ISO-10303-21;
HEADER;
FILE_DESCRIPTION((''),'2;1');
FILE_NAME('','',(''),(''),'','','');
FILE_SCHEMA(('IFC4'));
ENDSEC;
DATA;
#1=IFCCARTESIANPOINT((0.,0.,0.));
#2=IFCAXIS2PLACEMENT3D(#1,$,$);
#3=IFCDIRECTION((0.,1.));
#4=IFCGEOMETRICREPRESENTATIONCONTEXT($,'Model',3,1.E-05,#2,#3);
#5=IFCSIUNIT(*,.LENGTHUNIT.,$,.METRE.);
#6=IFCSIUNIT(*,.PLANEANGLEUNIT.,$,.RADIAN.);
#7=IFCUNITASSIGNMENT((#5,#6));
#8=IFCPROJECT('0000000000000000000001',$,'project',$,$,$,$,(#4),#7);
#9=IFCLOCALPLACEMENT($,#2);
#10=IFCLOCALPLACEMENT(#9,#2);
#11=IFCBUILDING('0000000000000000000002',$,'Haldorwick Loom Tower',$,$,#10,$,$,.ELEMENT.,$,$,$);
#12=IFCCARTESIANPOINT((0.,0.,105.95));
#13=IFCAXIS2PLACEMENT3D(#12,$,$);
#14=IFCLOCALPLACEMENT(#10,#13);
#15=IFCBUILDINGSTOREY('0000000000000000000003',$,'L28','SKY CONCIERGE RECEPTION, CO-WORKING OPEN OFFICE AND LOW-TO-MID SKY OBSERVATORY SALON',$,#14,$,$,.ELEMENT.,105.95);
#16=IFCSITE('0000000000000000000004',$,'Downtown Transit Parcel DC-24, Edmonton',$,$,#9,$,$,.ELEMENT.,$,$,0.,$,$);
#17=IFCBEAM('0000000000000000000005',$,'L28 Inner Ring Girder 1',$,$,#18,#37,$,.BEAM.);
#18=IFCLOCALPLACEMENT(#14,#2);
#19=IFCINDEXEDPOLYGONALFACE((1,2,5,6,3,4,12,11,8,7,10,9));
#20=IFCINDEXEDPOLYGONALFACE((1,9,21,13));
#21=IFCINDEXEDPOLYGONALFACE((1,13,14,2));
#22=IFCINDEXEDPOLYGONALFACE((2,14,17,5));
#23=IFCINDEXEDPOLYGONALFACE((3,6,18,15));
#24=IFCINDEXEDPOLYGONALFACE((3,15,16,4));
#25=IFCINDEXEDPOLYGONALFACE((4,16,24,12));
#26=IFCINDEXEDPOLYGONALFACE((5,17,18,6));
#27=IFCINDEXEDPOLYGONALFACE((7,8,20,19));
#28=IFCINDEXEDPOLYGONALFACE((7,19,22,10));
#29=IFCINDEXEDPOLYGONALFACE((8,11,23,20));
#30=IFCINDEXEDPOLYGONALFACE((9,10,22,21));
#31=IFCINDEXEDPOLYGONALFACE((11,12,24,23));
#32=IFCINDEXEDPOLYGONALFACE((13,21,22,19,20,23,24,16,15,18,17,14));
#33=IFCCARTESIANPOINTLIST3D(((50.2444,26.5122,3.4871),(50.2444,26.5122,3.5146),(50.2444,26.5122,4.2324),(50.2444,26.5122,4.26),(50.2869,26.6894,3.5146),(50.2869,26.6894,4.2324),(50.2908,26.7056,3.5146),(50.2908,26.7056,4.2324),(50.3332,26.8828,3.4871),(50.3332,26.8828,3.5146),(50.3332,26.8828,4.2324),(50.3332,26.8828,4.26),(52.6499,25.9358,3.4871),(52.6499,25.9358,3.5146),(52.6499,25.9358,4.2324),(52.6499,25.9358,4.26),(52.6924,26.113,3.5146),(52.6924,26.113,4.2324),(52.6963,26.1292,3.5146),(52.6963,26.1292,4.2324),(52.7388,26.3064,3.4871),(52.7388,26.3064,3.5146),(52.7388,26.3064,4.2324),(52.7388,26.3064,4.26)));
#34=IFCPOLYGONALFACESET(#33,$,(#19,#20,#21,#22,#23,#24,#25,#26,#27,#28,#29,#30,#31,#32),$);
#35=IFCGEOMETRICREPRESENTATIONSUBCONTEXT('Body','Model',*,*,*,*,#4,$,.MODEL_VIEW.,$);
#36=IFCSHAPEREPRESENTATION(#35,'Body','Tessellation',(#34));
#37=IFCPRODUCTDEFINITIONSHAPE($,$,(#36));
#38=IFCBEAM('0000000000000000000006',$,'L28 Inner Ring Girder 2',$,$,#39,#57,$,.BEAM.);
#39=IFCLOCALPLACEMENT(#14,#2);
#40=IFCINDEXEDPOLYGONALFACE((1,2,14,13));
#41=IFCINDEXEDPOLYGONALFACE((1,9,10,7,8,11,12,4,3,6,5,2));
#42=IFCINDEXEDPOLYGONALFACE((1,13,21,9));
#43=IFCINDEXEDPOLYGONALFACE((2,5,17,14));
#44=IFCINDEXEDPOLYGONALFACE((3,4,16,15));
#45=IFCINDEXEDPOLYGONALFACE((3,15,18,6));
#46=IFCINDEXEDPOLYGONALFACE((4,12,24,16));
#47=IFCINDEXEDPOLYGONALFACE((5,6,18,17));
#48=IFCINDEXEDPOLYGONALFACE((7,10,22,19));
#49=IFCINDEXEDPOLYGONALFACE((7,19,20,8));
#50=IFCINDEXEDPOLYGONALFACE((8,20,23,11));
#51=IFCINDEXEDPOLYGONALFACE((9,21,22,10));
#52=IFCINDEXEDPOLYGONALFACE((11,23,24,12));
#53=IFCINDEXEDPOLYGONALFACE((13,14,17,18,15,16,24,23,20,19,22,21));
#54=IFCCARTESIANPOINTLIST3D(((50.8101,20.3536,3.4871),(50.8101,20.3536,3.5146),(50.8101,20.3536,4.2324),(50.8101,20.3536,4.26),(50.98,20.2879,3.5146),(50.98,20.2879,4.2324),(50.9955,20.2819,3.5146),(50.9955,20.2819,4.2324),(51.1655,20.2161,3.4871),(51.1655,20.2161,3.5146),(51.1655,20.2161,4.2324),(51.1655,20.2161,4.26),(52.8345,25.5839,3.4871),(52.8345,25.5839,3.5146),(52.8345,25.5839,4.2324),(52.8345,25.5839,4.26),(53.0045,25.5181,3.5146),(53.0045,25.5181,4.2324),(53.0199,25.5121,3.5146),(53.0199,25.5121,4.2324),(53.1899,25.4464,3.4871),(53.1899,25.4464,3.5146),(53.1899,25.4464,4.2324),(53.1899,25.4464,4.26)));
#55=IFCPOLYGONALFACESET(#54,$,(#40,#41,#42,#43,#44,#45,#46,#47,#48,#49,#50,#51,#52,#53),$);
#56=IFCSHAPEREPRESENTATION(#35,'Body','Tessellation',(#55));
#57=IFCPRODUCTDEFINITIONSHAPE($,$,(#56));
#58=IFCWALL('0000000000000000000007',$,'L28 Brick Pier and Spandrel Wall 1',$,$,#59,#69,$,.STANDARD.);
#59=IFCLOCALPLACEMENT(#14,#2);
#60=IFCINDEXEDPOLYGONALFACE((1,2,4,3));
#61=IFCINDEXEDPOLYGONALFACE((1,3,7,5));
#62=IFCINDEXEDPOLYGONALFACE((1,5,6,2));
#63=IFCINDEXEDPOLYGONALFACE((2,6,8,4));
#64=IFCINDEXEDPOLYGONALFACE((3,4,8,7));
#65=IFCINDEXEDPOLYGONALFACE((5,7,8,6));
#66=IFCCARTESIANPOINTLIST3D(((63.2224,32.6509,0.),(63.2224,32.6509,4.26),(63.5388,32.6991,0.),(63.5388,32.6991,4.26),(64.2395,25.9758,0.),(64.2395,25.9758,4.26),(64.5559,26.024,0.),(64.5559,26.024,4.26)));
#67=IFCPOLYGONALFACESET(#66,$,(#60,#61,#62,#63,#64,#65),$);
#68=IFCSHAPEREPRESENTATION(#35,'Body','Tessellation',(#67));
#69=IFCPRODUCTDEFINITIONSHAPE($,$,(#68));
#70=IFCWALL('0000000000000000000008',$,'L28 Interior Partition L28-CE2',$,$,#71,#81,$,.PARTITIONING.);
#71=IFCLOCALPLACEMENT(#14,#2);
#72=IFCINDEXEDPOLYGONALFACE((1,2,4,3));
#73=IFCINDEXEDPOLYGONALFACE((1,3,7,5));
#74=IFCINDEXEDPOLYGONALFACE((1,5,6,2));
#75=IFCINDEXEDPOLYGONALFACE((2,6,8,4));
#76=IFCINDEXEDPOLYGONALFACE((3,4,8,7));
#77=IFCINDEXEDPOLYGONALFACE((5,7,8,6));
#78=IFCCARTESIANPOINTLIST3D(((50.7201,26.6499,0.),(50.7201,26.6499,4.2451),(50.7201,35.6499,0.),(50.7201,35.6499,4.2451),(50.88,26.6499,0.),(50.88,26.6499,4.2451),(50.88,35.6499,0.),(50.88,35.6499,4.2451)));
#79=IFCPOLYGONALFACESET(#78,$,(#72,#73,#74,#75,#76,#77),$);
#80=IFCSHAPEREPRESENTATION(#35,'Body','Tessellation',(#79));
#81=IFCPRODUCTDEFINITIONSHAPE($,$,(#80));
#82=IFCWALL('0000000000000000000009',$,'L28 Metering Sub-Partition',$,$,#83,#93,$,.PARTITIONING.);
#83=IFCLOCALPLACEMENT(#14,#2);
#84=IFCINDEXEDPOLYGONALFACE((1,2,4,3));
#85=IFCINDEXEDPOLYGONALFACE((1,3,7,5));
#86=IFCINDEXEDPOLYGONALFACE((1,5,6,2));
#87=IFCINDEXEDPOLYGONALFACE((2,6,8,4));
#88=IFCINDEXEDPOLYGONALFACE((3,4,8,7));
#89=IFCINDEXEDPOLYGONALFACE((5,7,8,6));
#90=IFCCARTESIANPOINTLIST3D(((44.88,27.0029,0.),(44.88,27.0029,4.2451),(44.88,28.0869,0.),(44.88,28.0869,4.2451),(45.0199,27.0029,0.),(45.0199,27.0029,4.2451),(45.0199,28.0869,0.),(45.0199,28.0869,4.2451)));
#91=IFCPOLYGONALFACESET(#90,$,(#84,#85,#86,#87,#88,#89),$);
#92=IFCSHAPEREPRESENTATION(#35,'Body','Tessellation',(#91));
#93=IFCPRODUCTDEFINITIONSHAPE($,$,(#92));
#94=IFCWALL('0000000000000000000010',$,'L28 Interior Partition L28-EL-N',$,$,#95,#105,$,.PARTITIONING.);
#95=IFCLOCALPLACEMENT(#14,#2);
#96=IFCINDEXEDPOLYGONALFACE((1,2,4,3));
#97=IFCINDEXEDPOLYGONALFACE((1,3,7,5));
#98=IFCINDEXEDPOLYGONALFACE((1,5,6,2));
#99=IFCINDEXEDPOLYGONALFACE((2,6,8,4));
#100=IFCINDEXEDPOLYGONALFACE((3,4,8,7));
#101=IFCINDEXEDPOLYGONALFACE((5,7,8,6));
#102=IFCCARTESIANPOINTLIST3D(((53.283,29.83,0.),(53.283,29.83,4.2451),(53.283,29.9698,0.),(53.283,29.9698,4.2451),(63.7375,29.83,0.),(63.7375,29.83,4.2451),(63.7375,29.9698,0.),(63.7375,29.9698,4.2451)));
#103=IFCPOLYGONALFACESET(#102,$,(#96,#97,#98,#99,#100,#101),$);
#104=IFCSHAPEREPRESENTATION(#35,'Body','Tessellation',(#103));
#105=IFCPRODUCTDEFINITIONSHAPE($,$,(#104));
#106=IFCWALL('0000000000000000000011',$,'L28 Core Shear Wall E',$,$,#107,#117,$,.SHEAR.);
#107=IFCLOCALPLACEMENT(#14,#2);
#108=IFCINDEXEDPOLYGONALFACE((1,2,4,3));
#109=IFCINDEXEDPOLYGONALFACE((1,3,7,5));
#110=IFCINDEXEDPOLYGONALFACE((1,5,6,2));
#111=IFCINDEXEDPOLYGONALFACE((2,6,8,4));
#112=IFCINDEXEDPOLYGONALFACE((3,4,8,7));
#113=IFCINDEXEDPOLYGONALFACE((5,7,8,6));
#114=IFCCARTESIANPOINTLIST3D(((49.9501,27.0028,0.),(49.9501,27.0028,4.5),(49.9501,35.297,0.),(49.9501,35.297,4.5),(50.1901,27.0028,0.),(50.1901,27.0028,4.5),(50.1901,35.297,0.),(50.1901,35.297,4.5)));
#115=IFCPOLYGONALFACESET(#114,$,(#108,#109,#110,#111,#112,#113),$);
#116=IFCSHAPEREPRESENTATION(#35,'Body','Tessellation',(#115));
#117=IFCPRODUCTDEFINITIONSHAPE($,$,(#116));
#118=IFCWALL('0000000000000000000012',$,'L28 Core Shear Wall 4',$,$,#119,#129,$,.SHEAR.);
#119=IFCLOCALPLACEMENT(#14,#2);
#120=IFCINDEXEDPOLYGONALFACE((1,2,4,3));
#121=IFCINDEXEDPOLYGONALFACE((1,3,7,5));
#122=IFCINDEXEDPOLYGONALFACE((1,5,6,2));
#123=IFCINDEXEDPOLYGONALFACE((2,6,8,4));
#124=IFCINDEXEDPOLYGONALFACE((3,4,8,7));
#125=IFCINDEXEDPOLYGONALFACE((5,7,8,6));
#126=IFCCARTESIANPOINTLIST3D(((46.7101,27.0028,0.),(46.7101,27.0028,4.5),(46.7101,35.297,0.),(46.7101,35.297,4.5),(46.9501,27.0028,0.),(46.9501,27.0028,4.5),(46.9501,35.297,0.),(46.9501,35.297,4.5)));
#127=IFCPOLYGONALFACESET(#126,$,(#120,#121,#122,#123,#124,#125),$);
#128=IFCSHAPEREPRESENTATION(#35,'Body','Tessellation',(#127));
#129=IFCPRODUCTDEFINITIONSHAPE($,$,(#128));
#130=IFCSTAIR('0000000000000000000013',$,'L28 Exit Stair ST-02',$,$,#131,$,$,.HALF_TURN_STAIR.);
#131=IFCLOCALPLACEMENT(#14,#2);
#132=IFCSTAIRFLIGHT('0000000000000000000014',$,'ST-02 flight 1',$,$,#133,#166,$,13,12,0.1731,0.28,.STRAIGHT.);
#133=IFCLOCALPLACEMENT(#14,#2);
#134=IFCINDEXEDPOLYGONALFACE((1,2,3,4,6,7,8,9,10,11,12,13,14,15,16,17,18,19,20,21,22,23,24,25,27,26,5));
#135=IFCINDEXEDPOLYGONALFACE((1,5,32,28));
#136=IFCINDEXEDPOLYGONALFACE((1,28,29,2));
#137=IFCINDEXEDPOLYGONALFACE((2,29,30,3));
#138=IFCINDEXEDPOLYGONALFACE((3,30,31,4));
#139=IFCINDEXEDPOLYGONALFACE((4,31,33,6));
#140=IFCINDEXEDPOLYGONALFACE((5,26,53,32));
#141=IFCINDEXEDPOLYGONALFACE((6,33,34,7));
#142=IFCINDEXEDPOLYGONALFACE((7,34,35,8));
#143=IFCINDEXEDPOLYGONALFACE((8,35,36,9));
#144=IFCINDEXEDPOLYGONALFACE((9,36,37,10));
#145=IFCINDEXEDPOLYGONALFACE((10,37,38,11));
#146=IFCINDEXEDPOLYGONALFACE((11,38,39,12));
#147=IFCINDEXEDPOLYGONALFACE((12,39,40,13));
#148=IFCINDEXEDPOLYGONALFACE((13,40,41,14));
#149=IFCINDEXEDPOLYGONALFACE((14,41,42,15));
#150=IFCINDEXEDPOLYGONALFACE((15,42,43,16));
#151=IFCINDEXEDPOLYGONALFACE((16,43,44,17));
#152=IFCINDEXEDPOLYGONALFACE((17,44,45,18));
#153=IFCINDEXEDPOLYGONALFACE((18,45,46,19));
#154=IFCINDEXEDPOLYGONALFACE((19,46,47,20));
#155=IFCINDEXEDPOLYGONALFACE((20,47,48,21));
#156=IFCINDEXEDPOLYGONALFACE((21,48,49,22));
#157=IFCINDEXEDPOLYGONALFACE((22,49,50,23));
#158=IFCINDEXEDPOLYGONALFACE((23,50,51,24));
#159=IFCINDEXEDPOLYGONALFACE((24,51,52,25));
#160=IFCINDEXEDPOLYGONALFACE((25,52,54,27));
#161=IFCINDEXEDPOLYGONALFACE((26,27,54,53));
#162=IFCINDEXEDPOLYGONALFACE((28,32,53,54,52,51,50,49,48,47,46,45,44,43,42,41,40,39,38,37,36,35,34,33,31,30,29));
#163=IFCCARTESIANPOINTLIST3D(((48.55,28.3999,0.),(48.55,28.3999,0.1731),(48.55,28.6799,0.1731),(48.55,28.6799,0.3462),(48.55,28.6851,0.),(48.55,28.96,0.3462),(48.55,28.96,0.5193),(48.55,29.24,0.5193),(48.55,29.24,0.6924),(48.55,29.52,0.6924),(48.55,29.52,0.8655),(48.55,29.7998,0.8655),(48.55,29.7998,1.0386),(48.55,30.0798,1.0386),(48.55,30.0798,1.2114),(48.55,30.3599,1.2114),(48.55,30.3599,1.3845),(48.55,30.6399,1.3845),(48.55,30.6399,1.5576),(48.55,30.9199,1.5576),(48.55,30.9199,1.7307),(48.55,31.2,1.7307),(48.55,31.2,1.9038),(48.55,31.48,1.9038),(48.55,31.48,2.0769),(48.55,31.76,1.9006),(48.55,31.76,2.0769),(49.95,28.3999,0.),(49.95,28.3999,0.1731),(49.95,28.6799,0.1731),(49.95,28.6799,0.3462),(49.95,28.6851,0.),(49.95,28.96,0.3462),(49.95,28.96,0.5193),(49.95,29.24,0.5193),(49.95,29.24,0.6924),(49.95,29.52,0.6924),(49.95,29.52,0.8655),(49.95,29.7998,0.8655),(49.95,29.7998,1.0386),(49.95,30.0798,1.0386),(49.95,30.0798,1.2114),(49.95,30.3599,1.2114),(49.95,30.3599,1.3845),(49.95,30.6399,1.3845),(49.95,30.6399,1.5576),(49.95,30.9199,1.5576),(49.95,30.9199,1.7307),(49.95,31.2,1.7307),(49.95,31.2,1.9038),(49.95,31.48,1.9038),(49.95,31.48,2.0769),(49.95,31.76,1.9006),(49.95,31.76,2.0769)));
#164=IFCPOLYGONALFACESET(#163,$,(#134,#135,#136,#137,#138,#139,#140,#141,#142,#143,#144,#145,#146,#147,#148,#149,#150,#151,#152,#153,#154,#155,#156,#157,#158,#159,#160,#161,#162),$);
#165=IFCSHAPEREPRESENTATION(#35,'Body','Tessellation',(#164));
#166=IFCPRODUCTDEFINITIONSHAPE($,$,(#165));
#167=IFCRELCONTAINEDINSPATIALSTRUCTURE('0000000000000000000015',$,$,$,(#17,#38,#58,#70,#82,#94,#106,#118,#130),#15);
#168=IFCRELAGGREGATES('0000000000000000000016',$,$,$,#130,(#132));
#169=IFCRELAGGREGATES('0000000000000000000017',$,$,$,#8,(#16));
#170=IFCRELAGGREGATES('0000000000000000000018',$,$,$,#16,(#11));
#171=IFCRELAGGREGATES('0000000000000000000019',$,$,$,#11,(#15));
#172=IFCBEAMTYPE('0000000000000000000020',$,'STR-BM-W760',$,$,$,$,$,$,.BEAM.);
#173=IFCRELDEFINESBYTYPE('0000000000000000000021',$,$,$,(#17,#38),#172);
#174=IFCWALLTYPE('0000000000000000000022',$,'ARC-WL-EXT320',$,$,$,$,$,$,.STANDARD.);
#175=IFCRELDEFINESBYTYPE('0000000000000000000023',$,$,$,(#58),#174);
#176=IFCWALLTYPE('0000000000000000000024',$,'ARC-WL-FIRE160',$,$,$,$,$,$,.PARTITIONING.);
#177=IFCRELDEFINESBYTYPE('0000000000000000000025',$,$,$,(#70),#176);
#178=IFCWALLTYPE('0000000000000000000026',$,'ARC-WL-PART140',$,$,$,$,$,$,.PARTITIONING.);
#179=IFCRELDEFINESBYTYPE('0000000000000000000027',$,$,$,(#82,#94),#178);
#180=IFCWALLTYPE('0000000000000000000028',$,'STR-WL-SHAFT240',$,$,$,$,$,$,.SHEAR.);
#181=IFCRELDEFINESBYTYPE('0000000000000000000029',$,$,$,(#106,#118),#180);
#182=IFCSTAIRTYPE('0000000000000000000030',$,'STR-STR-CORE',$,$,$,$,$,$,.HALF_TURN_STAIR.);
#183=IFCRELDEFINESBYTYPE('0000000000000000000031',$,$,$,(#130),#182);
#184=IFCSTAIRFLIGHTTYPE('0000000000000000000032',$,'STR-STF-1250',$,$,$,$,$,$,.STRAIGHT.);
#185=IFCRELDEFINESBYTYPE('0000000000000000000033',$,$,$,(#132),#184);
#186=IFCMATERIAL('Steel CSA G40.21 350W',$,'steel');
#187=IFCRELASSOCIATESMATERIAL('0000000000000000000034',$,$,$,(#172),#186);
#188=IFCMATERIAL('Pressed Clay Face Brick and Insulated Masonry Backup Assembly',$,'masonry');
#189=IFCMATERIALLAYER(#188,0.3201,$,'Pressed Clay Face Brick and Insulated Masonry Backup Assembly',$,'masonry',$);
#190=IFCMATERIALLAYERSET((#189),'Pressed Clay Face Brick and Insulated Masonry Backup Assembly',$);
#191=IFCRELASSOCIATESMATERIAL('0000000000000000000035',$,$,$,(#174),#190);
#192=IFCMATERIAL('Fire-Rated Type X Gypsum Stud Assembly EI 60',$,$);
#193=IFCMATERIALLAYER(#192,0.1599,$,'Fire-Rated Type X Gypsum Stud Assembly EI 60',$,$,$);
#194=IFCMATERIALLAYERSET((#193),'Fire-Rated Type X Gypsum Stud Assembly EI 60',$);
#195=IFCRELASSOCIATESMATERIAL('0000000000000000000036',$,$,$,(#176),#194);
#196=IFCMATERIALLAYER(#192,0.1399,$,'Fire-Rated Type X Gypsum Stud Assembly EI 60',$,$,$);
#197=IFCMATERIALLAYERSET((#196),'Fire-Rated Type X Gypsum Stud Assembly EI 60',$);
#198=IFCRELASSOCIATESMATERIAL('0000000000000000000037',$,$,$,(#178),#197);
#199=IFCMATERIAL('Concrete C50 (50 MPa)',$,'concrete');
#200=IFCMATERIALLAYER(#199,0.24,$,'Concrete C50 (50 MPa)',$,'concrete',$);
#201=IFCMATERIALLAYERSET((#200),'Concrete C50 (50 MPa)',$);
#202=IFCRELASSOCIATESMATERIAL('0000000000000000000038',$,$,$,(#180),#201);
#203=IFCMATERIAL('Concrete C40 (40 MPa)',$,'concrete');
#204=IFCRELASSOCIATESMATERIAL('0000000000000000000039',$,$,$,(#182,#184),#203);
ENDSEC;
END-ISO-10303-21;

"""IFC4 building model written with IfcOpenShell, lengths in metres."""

from ifc_helpers import new_model, si_unit, direction, frame, frame_2d, origin, origin_2d, place, context, subcontext, project, spatial, polyline, rectangle, i_section, outline, extrude, material, layer, layer_set, material_profile, profile_set, type_object, element, aggregate, save


model = new_model("IFC4")

# Units and contexts
model_context = context("Model", 3, precision=1e-05, world=origin(), true_north=direction((0.0, 1.0)))
body_context = subcontext(model_context, "Body", "Model", "MODEL_VIEW")
ifc_project = project(units=[si_unit("LENGTHUNIT", "METRE"), si_unit("PLANEANGLEUNIT", "RADIAN")], contexts=[model_context])

# Site, building, storey
site_placement = place(None, origin())
site = spatial("IfcSite", under=ifc_project, at=site_placement, Name="Downtown Transit Parcel DC-24, Edmonton", CompositionType="ELEMENT", RefElevation=0.0)
building_placement = place(site_placement, origin())
building = spatial("IfcBuilding", under=site, at=building_placement, Name="Haldorwick Loom Tower", CompositionType="ELEMENT")
storey_placement = place(building_placement, frame((0.0, 0.0, 105.95)))
storey = spatial("IfcBuildingStorey", under=building, at=storey_placement, Name="L28", Description="SKY CONCIERGE RECEPTION, CO-WORKING OPEN OFFICE AND LOW-TO-MID SKY OBSERVATORY SALON", CompositionType="ELEMENT", Elevation=105.95)

# Beams
ifc_material_1 = material(Name="Steel CSA G40.21 350W", Category="steel")
ifc_material_profile_1 = material_profile(ifc_material_1, i_section(OverallWidth=0.3811, OverallDepth=0.7729, WebThickness=0.0166, FlangeThickness=0.0276, at=origin_2d()), Name="W760X257", Category="steel")
ifc_profile_set_1 = profile_set([ifc_material_profile_1], Name="Steel CSA G40.21 350W")
beam_type_1 = type_object("IfcBeamType", Name="STR-BM-W760", PredefinedType="BEAM", material=ifc_profile_set_1)
beam_1_placement = place(storey_placement, frame((50.2888, 26.6975, 3.8735), z_axis=(0.972471, -0.233026, 0.0), x_axis=(0.233026, 0.972471, 0.0)))
element("IfcBeam", 1, at=beam_1_placement, inside=storey, type_object=beam_type_1, Name="L28 Inner Ring Girder 1", PredefinedType="BEAM", context=body_context, shape_type="SweptSolid", body=[
    extrude(i_section(OverallWidth=0.3811, OverallDepth=0.7729, WebThickness=0.0166, FlangeThickness=0.0276, at=origin_2d()), origin(), (0.0, 0.0, 1.0), 2.4736),
])
beam_2_placement = place(storey_placement, frame((53.0122, 25.5151, 3.8735), z_axis=(-0.360965, -0.932579, 0.0), x_axis=(0.932579, -0.360965, 0.0)))
element("IfcBeam", 2, at=beam_2_placement, inside=storey, type_object=beam_type_1, Name="L28 Inner Ring Girder 2", PredefinedType="BEAM", context=body_context, shape_type="SweptSolid", body=[
    extrude(i_section(OverallWidth=0.3811, OverallDepth=0.7729, WebThickness=0.0166, FlangeThickness=0.0276, at=origin_2d()), origin(), (0.0, 0.0, 1.0), 5.6084),
])

# Walls
ifc_material_2 = material(Name="Pressed Clay Face Brick and Insulated Masonry Backup Assembly", Category="masonry")
ifc_layer_1 = layer(ifc_material_2, 0.3201, Name="Pressed Clay Face Brick and Insulated Masonry Backup Assembly", Category="masonry")
ifc_layer_set_1 = layer_set([ifc_layer_1], Name="Pressed Clay Face Brick and Insulated Masonry Backup Assembly")
wall_type_1 = type_object("IfcWallType", Name="ARC-WL-EXT320", PredefinedType="STANDARD", material=ifc_layer_set_1)
wall_1_placement = place(storey_placement, frame((64.3977, 26.0, 0.0), z_axis=(0.0, 0.0, 1.0), x_axis=(-0.150633, 0.98859, 0.0)))
element("IfcWall", 3, at=wall_1_placement, inside=storey, type_object=wall_type_1, Name="L28 Brick Pier and Spandrel Wall 1", PredefinedType="STANDARD", context=body_context, shape_type="SweptSolid", body=[
    extrude(rectangle(XDim=6.7522, YDim=0.3201, at=frame_2d((3.376, 0.0))), origin(), (0.0, 0.0, 1.0), 4.26),
])
ifc_material_3 = material(Name="Fire-Rated Type X Gypsum Stud Assembly EI 60")
ifc_layer_2 = layer(ifc_material_3, 0.1599, Name="Fire-Rated Type X Gypsum Stud Assembly EI 60")
ifc_layer_set_2 = layer_set([ifc_layer_2], Name="Fire-Rated Type X Gypsum Stud Assembly EI 60")
wall_type_2 = type_object("IfcWallType", Name="ARC-WL-FIRE160", PredefinedType="PARTITIONING", material=ifc_layer_set_2)
wall_2_placement = place(storey_placement, frame((50.8, 26.6499, 0.0), z_axis=(0.0, 0.0, 1.0), x_axis=(0.0, 1.0, 0.0)))
element("IfcWall", 4, at=wall_2_placement, inside=storey, type_object=wall_type_2, Name="L28 Interior Partition L28-CE2", PredefinedType="PARTITIONING", context=body_context, shape_type="SweptSolid", body=[
    extrude(rectangle(XDim=9.0, YDim=0.1599, at=frame_2d((4.5, 0.0))), origin(), (0.0, 0.0, 1.0), 4.2451),
])
ifc_layer_3 = layer(ifc_material_3, 0.1399, Name="Fire-Rated Type X Gypsum Stud Assembly EI 60")
ifc_layer_set_3 = layer_set([ifc_layer_3], Name="Fire-Rated Type X Gypsum Stud Assembly EI 60")
wall_type_3 = type_object("IfcWallType", Name="ARC-WL-PART140", PredefinedType="PARTITIONING", material=ifc_layer_set_3)
wall_3_placement = place(storey_placement, frame((44.95, 27.0029, 0.0), z_axis=(0.0, 0.0, 1.0), x_axis=(0.0, 1.0, 0.0)))
element("IfcWall", 5, at=wall_3_placement, inside=storey, type_object=wall_type_3, Name="L28 Metering Sub-Partition", PredefinedType="PARTITIONING", context=body_context, shape_type="SweptSolid", body=[
    extrude(rectangle(XDim=1.084, YDim=0.1399, at=frame_2d((0.542, 0.0))), origin(), (0.0, 0.0, 1.0), 4.2451),
])
wall_4_placement = place(storey_placement, frame((53.283, 29.8999, 0.0), z_axis=(0.0, 0.0, 1.0), x_axis=(1.0, 0.0, 0.0)))
element("IfcWall", 6, at=wall_4_placement, inside=storey, type_object=wall_type_3, Name="L28 Interior Partition L28-EL-N", PredefinedType="PARTITIONING", context=body_context, shape_type="SweptSolid", body=[
    extrude(rectangle(XDim=10.4546, YDim=0.1399, at=frame_2d((5.2273, 0.0))), origin(), (0.0, 0.0, 1.0), 4.2451),
])
ifc_material_4 = material(Name="Concrete C50 (50 MPa)", Category="concrete")
ifc_layer_4 = layer(ifc_material_4, 0.24, Name="Concrete C50 (50 MPa)", Category="concrete")
ifc_layer_set_4 = layer_set([ifc_layer_4], Name="Concrete C50 (50 MPa)")
wall_type_4 = type_object("IfcWallType", Name="STR-WL-SHAFT240", PredefinedType="SHEAR", material=ifc_layer_set_4)
for number, where, z_axis, x_axis, name in (
    (7, (50.0701, 27.0029, 0.0), (0.0, 0.0, 1.0), (0.0, 1.0, 0.0), "L28 Core Shear Wall E"),
    (8, (46.8301, 27.0029, 0.0), (0.0, 0.0, 1.0), (0.0, 1.0, 0.0), "L28 Core Shear Wall 4"),
):
    element("IfcWall", number, at=place(storey_placement, frame(where, z_axis=z_axis, x_axis=x_axis)), inside=storey, type_object=wall_type_4, Name=name, PredefinedType="SHEAR", context=body_context, shape_type="SweptSolid", body=[
        extrude(rectangle(XDim=8.2942, YDim=0.24, at=frame_2d((4.147, 0.0))), origin(), (0.0, 0.0, 1.0), 4.5),
    ])

# Stair, stair flight
ifc_material_5 = material(Name="Concrete C40 (40 MPa)", Category="concrete")
stair_type = type_object("IfcStairType", Name="STR-STR-CORE", PredefinedType="HALF_TURN_STAIR", material=ifc_material_5)
stair_placement = place(storey_placement, origin())
stair = element("IfcStair", 9, at=stair_placement, inside=storey, type_object=stair_type, Name="L28 Exit Stair ST-02", PredefinedType="HALF_TURN_STAIR")
stair_flight_type = type_object("IfcStairFlightType", Name="STR-STF-1250", PredefinedType="STRAIGHT", material=ifc_material_5)
stair_flight_1_placement = place(storey_placement, frame((49.25, 28.3999, 0.0), z_axis=(0.0, 0.0, 1.0), x_axis=(0.0, 1.0, 0.0)))
stair_flight_1 = element("IfcStairFlight", 10, at=stair_flight_1_placement, type_object=stair_flight_type, Name="ST-02 flight 1", NumberOfRisers=13, NumberOfTreads=12, PredefinedType="STRAIGHT", RiserHeight=0.1731, TreadLength=0.28, context=body_context, shape_type="SweptSolid", body=[
    extrude(outline(polyline([(0.0, 0.0), (0.0, 0.1731), (0.28, 0.1731), (0.28, 0.3462), (0.5601, 0.3462), (0.5601, 0.5193), (0.8401, 0.5193), (0.8401, 0.6924), (1.1201, 0.6924), (1.1201, 0.8655), (1.3999, 0.8655), (1.3999, 1.0386), (1.6799, 1.0386), (1.6799, 1.2114), (1.96, 1.2114), (1.96, 1.3845), (2.24, 1.3845), (2.24, 1.5576), (2.52, 1.5576), (2.52, 1.7307), (2.8, 1.7307), (2.8, 1.9038), (3.0801, 1.9038), (3.0801, 2.0769), (3.3601, 2.0769), (3.3601, 2.25), (3.3601, 1.9006), (0.2852, 0.0), (0.0, 0.0)])), frame((0.0, 0.7, 0.0), z_axis=(0.0, -1.0, 0.0), x_axis=(1.0, 0.0, 0.0)), (0.0, 0.0, 1.0), 1.3999),
])
aggregate(stair, [stair_flight_1])

save(model, "model.ifc")
